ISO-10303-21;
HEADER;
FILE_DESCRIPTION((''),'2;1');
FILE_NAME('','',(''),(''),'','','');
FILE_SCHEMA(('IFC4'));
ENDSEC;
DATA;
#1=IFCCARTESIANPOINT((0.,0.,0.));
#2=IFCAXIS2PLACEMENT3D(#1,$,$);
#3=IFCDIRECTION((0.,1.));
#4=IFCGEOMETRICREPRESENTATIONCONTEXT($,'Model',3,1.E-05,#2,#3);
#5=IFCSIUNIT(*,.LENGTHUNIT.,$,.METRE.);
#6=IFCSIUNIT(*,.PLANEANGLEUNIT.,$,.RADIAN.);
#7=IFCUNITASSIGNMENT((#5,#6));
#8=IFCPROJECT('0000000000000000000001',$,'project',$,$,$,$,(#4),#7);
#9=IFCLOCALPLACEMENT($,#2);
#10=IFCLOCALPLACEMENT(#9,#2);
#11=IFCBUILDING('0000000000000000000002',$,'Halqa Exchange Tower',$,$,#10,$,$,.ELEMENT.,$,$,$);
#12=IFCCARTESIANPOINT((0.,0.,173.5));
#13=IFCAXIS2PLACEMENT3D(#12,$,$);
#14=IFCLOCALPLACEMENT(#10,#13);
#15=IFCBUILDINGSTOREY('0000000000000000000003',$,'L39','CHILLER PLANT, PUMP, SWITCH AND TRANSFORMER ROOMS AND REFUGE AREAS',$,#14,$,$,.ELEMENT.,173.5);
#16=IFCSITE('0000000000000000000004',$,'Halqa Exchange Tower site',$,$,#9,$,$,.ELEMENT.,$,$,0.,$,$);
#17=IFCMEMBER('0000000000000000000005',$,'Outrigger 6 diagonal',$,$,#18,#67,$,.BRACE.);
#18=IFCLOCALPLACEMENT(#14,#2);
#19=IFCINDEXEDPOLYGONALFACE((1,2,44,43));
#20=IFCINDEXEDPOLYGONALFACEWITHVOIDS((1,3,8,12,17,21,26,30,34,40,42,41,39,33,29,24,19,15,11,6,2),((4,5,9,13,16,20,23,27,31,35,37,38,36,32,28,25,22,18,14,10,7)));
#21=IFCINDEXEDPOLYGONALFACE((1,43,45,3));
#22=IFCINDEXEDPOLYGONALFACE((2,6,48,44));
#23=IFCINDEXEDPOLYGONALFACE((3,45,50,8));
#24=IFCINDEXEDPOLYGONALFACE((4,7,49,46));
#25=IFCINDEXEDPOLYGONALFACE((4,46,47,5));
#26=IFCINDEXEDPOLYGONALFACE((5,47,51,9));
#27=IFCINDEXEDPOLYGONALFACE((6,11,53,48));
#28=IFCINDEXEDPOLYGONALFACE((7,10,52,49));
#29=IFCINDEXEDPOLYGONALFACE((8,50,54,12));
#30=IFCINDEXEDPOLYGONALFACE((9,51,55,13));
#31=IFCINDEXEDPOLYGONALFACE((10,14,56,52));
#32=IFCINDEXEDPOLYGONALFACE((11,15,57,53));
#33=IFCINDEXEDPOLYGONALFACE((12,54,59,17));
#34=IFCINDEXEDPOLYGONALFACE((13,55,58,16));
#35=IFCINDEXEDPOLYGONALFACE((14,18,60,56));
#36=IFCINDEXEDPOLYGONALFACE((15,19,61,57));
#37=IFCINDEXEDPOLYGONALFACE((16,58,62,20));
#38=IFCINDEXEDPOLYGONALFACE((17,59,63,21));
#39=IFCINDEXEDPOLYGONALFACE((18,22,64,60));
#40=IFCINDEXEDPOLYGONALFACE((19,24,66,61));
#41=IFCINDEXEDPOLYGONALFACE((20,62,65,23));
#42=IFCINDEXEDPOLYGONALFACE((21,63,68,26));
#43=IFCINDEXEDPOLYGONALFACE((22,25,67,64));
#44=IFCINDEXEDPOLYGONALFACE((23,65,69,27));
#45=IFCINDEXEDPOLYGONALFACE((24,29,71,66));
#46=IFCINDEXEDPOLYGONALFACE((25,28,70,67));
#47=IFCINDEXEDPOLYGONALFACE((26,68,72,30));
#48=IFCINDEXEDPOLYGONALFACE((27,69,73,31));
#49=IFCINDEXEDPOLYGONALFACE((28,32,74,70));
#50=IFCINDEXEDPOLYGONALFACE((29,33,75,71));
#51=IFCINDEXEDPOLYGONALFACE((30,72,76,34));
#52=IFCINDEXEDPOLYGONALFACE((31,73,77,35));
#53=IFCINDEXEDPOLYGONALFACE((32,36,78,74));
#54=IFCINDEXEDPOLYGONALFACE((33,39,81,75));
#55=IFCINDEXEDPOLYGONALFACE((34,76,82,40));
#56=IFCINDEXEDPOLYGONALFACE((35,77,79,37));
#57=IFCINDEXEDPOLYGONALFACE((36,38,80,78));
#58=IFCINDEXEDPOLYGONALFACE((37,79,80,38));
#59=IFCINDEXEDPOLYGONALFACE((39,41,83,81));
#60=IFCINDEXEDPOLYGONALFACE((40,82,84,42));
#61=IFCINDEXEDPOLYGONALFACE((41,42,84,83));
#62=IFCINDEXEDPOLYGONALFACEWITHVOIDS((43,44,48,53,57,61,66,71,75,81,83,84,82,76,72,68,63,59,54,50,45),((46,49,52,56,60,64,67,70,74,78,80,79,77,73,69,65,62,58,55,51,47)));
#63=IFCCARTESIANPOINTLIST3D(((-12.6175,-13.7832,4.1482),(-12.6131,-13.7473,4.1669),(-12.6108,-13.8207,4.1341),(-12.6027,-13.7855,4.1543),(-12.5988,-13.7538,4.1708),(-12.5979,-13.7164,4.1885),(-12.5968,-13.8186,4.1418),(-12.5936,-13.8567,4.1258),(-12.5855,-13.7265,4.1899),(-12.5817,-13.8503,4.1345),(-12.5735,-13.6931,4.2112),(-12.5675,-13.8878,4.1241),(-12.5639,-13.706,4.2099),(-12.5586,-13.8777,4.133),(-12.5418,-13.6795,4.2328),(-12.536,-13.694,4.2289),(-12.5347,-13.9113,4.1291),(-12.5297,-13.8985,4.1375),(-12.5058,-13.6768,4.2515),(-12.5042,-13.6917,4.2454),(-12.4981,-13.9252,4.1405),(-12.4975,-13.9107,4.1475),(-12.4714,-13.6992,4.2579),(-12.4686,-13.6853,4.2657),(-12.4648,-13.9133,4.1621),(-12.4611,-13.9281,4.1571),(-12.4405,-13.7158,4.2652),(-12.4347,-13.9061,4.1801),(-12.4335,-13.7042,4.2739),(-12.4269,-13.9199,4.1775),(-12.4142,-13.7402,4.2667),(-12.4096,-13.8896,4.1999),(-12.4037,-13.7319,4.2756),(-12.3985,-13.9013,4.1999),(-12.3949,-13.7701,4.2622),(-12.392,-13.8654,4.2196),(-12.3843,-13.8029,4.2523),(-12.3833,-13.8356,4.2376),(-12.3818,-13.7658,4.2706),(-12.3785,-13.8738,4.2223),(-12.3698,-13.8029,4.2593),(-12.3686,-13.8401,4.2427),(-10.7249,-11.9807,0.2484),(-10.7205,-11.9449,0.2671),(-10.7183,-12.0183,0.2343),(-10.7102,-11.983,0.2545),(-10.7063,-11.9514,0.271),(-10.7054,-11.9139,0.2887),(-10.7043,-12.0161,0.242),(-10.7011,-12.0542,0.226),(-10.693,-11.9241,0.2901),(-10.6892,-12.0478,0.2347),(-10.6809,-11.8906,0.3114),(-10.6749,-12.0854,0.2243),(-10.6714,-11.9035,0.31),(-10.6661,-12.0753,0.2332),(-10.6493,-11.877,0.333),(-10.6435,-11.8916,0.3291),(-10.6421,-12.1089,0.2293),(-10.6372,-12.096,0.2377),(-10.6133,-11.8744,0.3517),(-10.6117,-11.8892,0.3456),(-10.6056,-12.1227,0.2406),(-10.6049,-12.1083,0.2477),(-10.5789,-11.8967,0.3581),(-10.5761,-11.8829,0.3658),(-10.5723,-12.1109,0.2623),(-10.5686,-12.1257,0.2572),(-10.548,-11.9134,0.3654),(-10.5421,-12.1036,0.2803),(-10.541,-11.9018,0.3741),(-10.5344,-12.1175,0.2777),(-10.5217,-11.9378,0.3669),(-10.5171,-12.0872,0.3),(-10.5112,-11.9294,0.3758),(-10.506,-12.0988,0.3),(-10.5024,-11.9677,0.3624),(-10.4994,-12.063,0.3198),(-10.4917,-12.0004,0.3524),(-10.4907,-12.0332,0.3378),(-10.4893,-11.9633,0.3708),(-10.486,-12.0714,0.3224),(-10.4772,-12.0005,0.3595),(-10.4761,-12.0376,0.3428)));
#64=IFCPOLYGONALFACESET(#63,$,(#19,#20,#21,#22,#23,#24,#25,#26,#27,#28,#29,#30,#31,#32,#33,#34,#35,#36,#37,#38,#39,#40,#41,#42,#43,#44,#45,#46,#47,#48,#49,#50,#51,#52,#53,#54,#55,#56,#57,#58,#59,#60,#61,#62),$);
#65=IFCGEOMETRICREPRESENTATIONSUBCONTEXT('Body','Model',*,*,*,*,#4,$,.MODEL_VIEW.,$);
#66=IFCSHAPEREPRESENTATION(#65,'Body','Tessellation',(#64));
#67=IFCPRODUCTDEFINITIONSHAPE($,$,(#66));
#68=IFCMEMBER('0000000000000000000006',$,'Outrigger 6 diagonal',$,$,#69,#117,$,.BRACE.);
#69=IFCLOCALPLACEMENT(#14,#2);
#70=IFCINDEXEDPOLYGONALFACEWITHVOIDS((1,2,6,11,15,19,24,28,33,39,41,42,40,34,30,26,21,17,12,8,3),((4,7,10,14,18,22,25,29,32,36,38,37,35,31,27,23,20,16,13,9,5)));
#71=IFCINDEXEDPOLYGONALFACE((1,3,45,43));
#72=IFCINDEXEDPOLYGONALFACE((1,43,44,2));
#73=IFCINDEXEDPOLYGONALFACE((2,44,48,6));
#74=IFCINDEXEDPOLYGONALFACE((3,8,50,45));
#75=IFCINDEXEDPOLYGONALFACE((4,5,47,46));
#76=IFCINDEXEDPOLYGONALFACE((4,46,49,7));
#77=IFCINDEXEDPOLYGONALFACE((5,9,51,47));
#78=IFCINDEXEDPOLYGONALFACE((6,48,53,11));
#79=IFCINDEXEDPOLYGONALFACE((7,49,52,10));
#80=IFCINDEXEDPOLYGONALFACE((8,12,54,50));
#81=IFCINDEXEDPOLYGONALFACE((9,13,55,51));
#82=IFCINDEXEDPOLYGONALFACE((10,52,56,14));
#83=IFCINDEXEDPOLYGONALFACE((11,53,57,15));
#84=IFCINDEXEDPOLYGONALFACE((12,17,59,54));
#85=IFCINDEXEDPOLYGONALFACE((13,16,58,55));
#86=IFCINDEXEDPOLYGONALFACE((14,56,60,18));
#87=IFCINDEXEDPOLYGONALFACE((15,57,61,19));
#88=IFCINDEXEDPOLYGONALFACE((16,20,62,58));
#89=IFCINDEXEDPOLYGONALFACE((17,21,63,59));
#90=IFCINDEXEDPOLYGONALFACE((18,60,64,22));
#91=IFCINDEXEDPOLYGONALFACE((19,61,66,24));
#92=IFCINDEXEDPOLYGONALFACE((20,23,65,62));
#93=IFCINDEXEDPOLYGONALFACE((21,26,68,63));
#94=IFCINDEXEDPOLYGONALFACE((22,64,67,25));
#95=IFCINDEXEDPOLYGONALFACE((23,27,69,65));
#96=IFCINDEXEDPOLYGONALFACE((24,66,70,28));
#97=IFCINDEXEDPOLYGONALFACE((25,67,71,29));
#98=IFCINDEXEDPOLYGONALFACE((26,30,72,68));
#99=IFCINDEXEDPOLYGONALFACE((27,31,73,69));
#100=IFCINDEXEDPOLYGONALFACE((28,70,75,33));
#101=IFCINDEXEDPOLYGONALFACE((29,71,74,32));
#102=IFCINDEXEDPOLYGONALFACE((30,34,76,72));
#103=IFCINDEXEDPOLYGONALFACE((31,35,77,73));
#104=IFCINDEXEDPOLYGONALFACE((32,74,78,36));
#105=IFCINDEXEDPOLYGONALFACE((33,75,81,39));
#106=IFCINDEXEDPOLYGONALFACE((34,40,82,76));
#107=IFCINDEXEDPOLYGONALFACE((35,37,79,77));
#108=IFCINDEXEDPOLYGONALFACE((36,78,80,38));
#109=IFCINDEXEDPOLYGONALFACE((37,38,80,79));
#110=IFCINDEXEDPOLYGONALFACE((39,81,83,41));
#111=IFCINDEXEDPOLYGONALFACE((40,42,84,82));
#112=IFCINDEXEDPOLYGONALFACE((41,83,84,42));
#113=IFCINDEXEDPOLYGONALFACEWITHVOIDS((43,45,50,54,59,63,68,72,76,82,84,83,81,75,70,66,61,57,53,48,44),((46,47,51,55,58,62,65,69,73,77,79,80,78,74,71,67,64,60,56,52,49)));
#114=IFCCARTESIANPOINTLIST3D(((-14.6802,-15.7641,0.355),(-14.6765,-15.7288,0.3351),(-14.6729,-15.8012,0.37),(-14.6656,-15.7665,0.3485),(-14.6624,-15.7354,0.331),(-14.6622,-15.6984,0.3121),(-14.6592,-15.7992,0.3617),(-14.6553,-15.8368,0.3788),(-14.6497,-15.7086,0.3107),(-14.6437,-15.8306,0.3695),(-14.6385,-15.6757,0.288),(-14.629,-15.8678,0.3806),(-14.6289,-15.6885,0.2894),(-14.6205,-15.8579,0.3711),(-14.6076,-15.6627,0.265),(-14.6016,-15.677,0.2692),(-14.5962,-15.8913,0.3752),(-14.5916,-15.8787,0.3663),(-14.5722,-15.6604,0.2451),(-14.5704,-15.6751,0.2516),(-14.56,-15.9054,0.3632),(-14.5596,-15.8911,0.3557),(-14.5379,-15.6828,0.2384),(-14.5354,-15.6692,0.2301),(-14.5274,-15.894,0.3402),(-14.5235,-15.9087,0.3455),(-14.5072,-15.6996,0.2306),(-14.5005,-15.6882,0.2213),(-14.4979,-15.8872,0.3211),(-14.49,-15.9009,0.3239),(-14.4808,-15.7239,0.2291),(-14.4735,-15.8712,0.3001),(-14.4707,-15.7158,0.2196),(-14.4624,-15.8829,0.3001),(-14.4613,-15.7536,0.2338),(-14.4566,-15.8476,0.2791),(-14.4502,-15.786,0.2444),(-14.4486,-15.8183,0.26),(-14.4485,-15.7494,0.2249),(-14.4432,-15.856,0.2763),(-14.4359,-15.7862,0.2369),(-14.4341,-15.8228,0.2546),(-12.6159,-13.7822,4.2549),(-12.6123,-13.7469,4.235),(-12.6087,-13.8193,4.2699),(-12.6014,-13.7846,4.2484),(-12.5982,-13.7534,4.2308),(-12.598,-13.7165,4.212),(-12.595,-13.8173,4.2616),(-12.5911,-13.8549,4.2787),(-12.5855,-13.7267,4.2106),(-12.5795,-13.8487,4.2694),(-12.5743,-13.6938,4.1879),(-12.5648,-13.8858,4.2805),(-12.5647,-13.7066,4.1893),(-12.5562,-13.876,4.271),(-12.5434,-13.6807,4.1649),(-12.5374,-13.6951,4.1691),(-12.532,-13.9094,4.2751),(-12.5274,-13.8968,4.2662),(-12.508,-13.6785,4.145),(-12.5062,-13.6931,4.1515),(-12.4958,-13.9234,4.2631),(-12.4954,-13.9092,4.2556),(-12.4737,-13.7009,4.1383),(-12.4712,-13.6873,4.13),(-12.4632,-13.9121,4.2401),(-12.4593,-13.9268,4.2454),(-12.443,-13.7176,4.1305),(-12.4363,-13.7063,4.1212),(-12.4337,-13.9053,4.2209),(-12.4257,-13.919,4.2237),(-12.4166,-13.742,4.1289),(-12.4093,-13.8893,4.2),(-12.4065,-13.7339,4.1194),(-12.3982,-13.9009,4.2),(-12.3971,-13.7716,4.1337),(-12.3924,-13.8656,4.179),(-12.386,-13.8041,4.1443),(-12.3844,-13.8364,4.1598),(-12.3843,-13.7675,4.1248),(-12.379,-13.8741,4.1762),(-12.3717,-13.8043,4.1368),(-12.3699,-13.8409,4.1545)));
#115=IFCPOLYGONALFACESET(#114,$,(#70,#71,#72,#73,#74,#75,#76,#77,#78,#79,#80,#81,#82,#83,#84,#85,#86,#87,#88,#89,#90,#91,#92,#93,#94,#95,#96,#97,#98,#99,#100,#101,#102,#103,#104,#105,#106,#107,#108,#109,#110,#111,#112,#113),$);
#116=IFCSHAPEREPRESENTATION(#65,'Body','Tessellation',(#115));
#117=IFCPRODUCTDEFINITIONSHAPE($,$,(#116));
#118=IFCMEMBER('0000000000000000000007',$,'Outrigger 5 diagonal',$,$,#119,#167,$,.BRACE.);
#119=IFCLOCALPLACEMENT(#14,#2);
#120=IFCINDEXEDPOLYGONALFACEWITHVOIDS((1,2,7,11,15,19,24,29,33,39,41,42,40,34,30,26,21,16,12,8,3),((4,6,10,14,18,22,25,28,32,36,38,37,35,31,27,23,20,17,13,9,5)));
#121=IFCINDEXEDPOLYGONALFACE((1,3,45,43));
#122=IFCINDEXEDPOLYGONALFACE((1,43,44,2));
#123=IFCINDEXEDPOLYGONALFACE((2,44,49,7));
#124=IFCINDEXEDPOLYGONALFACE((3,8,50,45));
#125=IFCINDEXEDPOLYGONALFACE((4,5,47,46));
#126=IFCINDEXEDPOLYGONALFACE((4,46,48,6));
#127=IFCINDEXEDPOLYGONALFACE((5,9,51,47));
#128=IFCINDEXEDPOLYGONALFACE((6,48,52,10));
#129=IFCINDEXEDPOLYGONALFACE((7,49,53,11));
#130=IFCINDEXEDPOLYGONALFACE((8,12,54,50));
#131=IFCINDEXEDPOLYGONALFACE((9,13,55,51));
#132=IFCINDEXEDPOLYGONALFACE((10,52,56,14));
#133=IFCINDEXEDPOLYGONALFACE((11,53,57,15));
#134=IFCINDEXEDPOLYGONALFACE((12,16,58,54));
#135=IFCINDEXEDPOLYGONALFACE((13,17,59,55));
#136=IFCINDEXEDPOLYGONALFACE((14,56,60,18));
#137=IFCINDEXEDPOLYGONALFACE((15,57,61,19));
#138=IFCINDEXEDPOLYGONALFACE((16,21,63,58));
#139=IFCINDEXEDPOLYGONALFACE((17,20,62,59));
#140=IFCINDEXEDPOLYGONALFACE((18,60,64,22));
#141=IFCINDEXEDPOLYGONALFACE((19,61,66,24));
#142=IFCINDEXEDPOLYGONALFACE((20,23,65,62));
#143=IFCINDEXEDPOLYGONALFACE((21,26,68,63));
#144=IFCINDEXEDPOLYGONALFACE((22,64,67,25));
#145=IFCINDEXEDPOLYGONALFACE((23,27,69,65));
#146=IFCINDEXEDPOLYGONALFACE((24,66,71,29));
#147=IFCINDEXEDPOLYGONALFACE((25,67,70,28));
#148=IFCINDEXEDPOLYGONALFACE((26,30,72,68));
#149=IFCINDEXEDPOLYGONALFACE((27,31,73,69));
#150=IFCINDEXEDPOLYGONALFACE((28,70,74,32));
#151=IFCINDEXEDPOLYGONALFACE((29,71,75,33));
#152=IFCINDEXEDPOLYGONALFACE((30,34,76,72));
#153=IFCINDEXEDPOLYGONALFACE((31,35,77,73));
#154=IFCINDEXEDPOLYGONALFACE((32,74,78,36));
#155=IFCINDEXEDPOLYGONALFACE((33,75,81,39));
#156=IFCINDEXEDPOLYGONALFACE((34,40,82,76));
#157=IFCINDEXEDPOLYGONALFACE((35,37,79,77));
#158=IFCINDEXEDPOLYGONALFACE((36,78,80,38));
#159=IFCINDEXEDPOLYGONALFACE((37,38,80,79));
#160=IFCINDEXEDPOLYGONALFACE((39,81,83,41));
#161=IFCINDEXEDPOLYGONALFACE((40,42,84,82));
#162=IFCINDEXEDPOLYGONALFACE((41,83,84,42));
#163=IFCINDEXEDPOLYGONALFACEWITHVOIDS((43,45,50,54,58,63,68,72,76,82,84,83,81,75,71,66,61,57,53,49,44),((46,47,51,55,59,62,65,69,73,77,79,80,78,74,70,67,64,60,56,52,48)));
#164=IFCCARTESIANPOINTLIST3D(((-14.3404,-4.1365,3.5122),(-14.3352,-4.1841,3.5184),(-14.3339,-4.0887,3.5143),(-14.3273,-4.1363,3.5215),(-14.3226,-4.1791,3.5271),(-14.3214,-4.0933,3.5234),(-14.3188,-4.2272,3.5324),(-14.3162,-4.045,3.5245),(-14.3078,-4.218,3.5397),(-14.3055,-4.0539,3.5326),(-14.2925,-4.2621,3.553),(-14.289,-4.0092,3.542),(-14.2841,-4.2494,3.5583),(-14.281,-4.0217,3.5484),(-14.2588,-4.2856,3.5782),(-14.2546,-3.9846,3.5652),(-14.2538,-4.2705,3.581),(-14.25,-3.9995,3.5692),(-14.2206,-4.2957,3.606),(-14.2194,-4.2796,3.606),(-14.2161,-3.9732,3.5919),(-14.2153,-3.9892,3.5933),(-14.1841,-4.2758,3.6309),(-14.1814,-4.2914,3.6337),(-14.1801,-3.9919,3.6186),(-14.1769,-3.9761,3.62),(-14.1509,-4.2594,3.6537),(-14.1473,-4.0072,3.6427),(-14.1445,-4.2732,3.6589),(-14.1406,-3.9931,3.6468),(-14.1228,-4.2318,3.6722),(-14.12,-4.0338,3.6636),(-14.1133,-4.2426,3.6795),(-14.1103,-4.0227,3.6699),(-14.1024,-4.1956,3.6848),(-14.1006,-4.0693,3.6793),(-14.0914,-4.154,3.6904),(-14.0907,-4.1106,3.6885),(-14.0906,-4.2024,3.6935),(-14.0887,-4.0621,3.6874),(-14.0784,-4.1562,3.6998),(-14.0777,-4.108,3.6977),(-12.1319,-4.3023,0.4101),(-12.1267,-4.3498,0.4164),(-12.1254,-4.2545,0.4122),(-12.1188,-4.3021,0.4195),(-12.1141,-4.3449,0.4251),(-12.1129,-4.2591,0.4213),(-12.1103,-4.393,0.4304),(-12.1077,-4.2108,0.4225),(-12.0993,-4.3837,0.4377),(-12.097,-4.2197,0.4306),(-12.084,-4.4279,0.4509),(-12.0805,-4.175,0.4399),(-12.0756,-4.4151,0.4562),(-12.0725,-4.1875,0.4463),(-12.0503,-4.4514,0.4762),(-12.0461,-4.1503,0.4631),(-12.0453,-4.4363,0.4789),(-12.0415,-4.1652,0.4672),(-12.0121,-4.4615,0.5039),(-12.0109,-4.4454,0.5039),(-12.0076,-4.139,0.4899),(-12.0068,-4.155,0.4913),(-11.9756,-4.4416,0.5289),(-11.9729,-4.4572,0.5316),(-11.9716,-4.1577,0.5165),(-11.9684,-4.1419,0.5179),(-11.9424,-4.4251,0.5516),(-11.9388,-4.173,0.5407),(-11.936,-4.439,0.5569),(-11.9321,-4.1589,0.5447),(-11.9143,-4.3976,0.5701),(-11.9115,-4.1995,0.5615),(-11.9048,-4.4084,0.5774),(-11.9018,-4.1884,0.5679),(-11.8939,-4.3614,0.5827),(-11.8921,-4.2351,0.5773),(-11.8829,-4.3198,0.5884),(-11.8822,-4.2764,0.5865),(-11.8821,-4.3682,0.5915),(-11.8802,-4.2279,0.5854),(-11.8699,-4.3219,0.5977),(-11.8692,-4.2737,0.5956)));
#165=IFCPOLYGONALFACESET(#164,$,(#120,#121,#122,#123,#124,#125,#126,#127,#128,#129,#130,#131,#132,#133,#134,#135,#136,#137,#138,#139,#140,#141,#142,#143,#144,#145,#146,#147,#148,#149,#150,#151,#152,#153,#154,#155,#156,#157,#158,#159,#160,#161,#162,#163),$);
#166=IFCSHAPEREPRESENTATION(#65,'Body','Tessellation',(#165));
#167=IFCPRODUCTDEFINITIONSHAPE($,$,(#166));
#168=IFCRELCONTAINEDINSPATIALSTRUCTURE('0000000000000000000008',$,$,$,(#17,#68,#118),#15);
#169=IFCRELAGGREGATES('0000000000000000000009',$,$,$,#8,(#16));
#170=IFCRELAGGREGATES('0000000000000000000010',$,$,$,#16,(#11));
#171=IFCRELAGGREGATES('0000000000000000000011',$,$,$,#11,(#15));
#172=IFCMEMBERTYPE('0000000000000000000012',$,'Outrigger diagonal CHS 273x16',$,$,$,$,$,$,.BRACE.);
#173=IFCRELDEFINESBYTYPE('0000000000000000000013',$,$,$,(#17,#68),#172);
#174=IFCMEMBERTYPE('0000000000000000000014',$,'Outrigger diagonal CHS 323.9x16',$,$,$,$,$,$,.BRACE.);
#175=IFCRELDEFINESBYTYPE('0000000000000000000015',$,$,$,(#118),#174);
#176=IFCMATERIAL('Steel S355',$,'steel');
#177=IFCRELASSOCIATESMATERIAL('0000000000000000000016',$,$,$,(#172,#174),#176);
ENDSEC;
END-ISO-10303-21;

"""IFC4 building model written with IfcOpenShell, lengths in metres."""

from ifc_helpers import new_model, si_unit, direction, frame, origin, origin_2d, place, context, subcontext, project, spatial, hollow_circle, extrude, material, material_profile, profile_set, type_object, element, save


model = new_model("IFC4")

# Units and contexts
model_context = context("Model", 3, precision=1e-05, world=origin(), true_north=direction((0.0, 1.0)))
body_context = subcontext(model_context, "Body", "Model", "MODEL_VIEW")
ifc_project = project(units=[si_unit("LENGTHUNIT", "METRE"), si_unit("PLANEANGLEUNIT", "RADIAN")], contexts=[model_context])

# Site, building, storey
site_placement = place(None, origin())
site = spatial("IfcSite", under=ifc_project, at=site_placement, Name="Halqa Exchange Tower site", CompositionType="ELEMENT", RefElevation=0.0)
building_placement = place(site_placement, origin())
building = spatial("IfcBuilding", under=site, at=building_placement, Name="Halqa Exchange Tower", CompositionType="ELEMENT")
storey_placement = place(building_placement, frame((0.0, 0.0, 173.5)))
storey = spatial("IfcBuildingStorey", under=building, at=storey_placement, Name="L39", Description="CHILLER PLANT, PUMP, SWITCH AND TRANSFORMER ROOMS AND REFUGE AREAS", CompositionType="ELEMENT", Elevation=173.5)

# Shared definitions
ifc_material_1 = material(Name="Steel S355", Category="steel")

# Members
ifc_material_profile_1 = material_profile(ifc_material_1, hollow_circle(Radius=0.1365, WallThickness=0.0161, at=origin_2d()), Name="CHS 273x16")
ifc_profile_set_1 = profile_set([ifc_material_profile_1], Name="Steel S355")
member_type_1 = type_object("IfcMemberType", Name="Outrigger diagonal CHS 273x16", PredefinedType="BRACE", material=ifc_profile_set_1)
member_1_placement = place(storey_placement, frame((-10.6001, -12.0, 0.3), z_axis=(-0.403132, -0.383943, 0.830706), x_axis=(0.689662, -0.724131, 0.0)))
element("IfcMember", 1, at=member_1_placement, inside=storey, type_object=member_type_1, Name="Outrigger 6 diagonal", PredefinedType="BRACE", context=body_context, shape_type="SweptSolid", body=[
    extrude(hollow_circle(Radius=0.1365, WallThickness=0.0161, at=origin_2d()), origin(), (0.0, 0.0, 1.0), 4.6946),
])
member_2_placement = place(storey_placement, frame((-12.4927, -13.8025, 4.2), z_axis=(-0.426739, -0.40973, -0.806236), x_axis=(0.692585, -0.721336, 0.0)))
element("IfcMember", 2, at=member_2_placement, inside=storey, type_object=member_type_1, Name="Outrigger 6 diagonal", PredefinedType="BRACE", context=body_context, shape_type="SweptSolid", body=[
    extrude(hollow_circle(Radius=0.1365, WallThickness=0.0161, at=origin_2d()), origin(), (0.0, 0.0, 1.0), 4.8372),
])
ifc_material_profile_2 = material_profile(ifc_material_1, hollow_circle(Radius=0.1619, WallThickness=0.0161, at=origin_2d()), Name="CHS 323.9x16")
ifc_profile_set_2 = profile_set([ifc_material_profile_2], Name="Steel S355")
member_type_2 = type_object("IfcMemberType", Name="Outrigger diagonal CHS 323.9x16", PredefinedType="BRACE", material=ifc_profile_set_2)
member_3_placement = place(storey_placement, frame((-12.0, -4.3, 0.5039), z_axis=(-0.579427, 0.043492, 0.813863), x_axis=(-0.07485, -0.997195, 0.0)))
element("IfcMember", 3, at=member_3_placement, inside=storey, type_object=member_type_2, Name="Outrigger 5 diagonal", PredefinedType="BRACE", context=body_context, shape_type="SweptSolid", body=[
    extrude(hollow_circle(Radius=0.1619, WallThickness=0.0161, at=origin_2d()), origin(), (0.0, 0.0, 1.0), 3.8115),
])

save(model, "model.ifc")
